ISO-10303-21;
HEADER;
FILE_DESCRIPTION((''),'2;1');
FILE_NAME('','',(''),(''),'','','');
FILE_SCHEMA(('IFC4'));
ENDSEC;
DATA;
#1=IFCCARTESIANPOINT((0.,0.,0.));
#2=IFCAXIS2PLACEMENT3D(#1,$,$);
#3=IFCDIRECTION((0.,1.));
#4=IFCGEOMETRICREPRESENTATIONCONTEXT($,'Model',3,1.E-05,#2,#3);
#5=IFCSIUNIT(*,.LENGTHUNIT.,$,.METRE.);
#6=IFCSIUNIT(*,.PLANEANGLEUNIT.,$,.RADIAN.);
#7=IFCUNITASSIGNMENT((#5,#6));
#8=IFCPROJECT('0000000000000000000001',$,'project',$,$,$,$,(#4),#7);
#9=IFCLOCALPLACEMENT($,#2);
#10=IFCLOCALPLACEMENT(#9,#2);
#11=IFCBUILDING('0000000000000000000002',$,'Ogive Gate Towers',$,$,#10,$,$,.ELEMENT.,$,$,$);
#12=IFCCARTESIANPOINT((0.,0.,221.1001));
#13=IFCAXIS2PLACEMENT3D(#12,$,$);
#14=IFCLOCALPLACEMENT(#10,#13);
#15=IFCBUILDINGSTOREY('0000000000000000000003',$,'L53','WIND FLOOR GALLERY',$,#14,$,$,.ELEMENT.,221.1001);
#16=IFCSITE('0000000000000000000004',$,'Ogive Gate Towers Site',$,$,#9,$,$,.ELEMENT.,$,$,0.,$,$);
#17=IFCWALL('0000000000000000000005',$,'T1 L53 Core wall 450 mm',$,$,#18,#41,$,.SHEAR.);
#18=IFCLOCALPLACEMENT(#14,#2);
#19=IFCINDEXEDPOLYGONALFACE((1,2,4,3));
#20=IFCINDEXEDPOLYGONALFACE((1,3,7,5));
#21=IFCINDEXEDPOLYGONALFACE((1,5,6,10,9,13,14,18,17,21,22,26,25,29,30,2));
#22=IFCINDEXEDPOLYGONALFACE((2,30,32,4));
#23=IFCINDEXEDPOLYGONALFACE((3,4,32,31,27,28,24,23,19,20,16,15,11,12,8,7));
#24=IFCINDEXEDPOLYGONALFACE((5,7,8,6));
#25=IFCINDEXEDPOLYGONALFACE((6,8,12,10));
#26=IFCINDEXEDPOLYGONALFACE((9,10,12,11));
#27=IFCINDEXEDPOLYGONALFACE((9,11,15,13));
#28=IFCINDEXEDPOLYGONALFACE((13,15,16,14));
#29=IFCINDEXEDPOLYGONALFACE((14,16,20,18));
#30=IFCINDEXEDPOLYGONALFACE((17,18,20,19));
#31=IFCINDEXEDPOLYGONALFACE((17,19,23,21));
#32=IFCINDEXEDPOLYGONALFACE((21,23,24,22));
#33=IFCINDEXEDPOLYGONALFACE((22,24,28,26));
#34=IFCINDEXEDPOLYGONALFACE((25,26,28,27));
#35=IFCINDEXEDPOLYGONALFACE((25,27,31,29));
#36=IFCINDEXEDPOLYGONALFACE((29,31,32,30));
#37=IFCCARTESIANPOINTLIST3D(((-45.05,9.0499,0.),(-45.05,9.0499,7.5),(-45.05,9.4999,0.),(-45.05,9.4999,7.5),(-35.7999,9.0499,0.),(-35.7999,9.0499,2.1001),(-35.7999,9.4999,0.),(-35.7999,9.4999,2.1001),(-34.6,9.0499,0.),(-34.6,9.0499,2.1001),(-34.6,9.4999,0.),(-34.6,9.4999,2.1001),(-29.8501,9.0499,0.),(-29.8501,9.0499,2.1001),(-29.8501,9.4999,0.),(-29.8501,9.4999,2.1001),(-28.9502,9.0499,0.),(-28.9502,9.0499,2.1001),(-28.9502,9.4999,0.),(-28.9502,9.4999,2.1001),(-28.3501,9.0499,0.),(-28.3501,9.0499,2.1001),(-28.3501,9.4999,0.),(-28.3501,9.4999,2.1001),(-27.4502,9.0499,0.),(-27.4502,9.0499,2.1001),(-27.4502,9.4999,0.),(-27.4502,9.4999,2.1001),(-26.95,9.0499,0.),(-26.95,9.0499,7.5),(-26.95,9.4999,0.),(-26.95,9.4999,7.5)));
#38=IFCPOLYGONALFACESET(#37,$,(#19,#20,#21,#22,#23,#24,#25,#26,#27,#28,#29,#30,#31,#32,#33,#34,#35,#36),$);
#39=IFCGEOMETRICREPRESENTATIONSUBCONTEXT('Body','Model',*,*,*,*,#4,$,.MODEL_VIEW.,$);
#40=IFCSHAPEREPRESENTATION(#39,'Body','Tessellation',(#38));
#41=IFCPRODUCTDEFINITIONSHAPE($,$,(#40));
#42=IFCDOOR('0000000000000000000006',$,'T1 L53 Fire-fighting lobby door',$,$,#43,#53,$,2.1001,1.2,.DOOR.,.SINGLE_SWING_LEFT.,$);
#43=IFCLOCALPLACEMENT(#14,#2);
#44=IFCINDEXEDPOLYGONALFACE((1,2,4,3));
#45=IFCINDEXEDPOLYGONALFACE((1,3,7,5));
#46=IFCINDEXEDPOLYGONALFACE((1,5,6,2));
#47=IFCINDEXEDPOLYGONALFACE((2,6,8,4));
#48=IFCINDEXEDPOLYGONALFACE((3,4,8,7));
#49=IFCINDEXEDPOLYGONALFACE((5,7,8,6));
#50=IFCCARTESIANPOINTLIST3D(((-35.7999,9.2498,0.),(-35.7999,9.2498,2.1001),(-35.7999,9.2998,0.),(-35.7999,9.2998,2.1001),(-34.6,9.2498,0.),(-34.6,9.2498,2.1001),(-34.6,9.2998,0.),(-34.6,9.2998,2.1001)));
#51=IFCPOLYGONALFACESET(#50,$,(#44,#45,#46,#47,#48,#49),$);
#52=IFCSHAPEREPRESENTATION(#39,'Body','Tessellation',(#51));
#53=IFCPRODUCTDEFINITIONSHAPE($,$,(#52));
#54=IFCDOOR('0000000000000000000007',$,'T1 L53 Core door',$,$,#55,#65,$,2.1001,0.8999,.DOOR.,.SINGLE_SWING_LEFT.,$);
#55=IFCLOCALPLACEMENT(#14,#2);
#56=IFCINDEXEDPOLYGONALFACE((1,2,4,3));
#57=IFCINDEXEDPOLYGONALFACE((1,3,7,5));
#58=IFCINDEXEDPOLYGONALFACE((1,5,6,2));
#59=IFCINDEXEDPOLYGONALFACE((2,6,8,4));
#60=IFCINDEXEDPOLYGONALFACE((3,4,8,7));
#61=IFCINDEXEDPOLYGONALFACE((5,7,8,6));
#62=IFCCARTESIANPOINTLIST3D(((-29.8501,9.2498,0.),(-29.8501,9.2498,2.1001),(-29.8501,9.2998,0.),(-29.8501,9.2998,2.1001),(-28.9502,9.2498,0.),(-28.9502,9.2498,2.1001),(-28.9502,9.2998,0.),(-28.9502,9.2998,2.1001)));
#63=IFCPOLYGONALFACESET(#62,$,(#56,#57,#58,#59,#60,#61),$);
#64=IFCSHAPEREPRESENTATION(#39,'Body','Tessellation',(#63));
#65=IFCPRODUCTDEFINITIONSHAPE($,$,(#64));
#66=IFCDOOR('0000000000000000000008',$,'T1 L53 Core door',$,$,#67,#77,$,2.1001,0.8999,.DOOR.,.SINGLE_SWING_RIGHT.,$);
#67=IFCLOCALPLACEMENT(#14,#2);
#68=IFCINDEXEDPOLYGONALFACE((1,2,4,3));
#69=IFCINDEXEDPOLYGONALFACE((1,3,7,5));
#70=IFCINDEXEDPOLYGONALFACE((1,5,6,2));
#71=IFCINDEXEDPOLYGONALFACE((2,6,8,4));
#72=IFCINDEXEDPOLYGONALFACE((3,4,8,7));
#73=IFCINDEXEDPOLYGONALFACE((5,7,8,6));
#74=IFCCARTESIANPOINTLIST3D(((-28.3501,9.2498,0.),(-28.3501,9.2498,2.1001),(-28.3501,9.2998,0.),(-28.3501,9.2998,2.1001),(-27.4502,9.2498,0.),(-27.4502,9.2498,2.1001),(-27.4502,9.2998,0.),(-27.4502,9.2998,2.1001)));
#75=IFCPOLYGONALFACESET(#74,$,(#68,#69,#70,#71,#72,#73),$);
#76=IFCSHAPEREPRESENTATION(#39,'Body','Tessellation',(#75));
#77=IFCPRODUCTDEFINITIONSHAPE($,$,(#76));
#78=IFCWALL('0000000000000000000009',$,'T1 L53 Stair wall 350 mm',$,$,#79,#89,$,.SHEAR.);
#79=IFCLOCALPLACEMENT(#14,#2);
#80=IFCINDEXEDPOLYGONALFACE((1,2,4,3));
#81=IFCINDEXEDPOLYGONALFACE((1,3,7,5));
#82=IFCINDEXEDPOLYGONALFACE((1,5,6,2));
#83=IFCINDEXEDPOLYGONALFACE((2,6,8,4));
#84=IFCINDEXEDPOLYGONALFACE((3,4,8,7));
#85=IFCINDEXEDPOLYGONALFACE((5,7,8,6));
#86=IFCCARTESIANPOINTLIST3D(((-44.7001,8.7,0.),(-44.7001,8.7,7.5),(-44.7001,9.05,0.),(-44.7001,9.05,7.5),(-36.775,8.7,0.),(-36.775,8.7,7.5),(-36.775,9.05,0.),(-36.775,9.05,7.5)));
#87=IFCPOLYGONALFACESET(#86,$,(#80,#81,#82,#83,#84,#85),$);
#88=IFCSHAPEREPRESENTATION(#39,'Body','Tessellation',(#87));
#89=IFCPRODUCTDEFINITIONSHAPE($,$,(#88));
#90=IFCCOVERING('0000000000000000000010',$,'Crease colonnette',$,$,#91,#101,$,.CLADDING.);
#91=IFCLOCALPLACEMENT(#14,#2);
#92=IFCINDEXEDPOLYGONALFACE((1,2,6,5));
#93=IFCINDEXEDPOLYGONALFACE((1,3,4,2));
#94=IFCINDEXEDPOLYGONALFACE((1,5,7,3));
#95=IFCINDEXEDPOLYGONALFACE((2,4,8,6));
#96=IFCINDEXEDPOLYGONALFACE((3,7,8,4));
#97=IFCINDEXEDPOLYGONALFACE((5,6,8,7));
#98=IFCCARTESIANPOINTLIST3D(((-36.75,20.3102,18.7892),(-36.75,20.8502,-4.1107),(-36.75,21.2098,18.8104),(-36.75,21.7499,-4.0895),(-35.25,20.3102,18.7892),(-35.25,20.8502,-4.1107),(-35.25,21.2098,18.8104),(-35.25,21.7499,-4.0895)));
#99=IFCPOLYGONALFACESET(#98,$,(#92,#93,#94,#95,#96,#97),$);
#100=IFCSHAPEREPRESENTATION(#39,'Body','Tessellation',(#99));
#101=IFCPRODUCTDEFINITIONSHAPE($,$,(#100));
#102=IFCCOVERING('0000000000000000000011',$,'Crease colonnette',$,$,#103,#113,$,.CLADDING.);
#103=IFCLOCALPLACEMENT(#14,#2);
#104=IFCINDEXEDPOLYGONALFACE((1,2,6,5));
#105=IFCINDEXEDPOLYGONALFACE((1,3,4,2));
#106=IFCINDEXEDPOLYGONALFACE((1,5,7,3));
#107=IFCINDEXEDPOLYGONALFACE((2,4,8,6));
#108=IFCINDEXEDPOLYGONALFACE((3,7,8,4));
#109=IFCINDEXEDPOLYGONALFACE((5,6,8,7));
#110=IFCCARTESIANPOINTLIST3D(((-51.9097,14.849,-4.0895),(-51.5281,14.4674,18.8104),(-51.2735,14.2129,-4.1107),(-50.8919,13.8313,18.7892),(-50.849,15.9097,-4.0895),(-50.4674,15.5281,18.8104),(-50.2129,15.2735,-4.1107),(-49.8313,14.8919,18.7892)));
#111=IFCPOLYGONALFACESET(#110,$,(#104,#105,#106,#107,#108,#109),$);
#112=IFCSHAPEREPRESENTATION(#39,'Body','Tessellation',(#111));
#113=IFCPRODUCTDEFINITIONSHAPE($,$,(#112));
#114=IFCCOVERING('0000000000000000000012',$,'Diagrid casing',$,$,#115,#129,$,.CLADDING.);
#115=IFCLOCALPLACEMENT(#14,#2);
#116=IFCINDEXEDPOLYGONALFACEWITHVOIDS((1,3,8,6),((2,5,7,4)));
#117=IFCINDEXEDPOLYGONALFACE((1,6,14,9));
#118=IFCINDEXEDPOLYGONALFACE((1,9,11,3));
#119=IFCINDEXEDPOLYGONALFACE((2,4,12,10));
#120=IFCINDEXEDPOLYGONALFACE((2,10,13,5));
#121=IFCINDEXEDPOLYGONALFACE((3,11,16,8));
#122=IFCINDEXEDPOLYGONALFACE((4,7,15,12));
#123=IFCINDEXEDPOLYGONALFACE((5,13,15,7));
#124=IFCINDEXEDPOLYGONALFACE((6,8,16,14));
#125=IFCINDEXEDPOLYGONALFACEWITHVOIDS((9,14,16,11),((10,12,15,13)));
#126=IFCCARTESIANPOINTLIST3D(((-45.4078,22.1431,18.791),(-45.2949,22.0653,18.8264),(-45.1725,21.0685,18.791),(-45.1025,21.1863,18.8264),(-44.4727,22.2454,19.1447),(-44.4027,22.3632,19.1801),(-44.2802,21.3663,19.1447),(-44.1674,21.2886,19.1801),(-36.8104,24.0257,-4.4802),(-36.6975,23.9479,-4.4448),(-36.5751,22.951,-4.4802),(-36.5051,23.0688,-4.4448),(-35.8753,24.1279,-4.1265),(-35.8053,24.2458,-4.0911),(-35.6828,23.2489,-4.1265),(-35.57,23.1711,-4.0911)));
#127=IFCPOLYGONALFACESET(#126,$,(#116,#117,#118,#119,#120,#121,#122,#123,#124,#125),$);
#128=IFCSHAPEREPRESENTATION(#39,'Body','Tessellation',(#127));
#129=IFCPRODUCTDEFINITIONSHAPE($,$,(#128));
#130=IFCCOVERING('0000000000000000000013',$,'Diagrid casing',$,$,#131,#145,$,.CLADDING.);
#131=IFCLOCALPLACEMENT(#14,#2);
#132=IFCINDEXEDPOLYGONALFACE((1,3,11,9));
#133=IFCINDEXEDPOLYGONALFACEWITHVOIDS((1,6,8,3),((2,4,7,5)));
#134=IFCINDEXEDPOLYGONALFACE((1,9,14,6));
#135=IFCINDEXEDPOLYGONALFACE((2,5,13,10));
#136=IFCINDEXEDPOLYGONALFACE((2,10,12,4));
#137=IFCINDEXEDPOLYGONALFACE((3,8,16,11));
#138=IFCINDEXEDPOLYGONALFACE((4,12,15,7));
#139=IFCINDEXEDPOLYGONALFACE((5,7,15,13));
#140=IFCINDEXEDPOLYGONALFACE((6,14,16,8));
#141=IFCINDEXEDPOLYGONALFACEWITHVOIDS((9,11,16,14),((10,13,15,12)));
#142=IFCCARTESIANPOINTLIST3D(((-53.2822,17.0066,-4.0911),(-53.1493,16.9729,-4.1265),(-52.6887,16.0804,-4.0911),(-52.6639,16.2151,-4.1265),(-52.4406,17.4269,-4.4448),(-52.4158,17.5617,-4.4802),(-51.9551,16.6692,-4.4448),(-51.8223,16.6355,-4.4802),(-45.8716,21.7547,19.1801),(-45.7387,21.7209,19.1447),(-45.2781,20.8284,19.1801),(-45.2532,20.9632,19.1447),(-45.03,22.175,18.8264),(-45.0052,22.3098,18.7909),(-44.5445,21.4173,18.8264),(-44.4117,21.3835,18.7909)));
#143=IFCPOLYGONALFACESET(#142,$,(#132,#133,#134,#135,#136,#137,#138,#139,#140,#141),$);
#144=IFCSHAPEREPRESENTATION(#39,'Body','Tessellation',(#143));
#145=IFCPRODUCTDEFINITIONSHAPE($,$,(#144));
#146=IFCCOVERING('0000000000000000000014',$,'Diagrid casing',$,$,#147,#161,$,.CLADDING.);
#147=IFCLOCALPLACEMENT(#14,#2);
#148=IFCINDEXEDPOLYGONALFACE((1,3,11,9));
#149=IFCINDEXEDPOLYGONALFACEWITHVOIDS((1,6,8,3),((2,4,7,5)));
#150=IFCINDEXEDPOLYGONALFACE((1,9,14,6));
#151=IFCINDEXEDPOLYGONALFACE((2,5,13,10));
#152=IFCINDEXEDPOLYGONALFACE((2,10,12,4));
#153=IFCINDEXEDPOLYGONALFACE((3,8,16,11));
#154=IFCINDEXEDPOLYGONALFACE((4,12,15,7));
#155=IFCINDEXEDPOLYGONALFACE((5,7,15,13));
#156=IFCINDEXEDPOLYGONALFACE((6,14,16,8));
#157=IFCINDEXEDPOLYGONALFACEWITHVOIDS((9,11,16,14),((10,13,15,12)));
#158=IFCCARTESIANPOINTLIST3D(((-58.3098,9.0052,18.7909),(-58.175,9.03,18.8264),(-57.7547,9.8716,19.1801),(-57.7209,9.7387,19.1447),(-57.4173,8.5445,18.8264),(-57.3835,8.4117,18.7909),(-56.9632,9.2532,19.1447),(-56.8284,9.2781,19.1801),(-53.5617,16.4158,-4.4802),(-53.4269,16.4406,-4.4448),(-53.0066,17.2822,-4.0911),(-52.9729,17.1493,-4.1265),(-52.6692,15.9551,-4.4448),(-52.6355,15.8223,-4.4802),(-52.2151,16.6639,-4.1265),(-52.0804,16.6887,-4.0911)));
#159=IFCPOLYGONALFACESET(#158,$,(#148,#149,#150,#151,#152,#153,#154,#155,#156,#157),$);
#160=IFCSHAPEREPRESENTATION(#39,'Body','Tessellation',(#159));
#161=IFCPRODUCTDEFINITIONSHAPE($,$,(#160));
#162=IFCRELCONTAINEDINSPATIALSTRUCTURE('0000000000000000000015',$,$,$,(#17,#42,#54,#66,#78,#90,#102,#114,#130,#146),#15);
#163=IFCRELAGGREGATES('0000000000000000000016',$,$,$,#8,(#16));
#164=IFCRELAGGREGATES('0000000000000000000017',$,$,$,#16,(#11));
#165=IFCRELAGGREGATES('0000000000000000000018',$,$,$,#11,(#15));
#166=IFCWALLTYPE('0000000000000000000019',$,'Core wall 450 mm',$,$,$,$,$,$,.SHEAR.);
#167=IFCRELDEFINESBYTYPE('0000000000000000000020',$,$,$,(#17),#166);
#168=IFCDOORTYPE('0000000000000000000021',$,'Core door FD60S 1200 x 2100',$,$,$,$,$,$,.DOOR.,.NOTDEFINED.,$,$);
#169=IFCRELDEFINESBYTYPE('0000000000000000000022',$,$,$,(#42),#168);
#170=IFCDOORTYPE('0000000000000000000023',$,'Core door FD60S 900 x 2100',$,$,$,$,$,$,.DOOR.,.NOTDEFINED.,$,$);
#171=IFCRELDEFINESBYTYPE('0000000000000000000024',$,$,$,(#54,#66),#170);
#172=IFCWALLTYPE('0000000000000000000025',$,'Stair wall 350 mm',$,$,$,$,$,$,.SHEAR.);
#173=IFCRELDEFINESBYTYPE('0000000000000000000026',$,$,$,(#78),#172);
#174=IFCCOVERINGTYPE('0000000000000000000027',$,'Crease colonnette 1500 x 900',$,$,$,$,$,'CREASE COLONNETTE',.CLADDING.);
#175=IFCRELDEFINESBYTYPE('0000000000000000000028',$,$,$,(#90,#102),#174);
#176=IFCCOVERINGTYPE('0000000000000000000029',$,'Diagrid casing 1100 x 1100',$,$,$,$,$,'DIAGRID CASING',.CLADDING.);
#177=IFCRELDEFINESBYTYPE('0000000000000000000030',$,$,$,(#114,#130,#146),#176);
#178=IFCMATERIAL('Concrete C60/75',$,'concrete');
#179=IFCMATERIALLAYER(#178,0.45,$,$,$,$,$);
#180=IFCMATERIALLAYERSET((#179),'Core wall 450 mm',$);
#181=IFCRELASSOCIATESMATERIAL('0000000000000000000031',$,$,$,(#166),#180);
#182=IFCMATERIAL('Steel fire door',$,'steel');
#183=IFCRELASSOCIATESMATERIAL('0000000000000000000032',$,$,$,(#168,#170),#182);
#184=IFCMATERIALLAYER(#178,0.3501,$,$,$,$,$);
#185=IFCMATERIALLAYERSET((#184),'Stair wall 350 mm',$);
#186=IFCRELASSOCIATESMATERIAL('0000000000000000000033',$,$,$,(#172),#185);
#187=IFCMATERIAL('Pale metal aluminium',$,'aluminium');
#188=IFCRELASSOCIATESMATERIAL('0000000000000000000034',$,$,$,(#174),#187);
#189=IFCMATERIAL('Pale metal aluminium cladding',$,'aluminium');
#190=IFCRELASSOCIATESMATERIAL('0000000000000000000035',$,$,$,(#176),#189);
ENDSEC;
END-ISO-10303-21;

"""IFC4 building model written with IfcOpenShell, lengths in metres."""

from ifc_helpers import new_model, si_unit, direction, frame, frame_2d, origin, origin_2d, place, context, subcontext, project, spatial, rectangle, hollow_rectangle, extrude, material, layer, layer_set, material_profile, profile_set, type_object, element, fill, save


model = new_model("IFC4")

# Units and contexts
model_context = context("Model", 3, precision=1e-05, world=origin(), true_north=direction((0.0, 1.0)))
body_context = subcontext(model_context, "Body", "Model", "MODEL_VIEW")
ifc_project = project(units=[si_unit("LENGTHUNIT", "METRE"), si_unit("PLANEANGLEUNIT", "RADIAN")], contexts=[model_context])

# Site, building, storey
site_placement = place(None, origin())
site = spatial("IfcSite", under=ifc_project, at=site_placement, Name="Ogive Gate Towers Site", CompositionType="ELEMENT", RefElevation=0.0)
building_placement = place(site_placement, origin())
building = spatial("IfcBuilding", under=site, at=building_placement, Name="Ogive Gate Towers", CompositionType="ELEMENT")
storey_placement = place(building_placement, frame((0.0, 0.0, 221.1001)))
storey = spatial("IfcBuildingStorey", under=building, at=storey_placement, Name="L53", Description="WIND FLOOR GALLERY", CompositionType="ELEMENT", Elevation=221.1001)

# Wall, openings, doors
ifc_material_1 = material(Name="Concrete C60/75", Category="concrete")
ifc_layer_1 = layer(ifc_material_1, 0.45)
ifc_layer_set_1 = layer_set([ifc_layer_1], Name="Core wall 450 mm")
wall_type_1 = type_object("IfcWallType", Name="Core wall 450 mm", PredefinedType="SHEAR", material=ifc_layer_set_1)
wall_1_placement = place(storey_placement, frame((-45.05, 9.2749, 0.0), z_axis=(0.0, 0.0, 1.0), x_axis=(1.0, 0.0, 0.0)))
wall_1 = element("IfcWall", 1, at=wall_1_placement, inside=storey, type_object=wall_type_1, Name="T1 L53 Core wall 450 mm", PredefinedType="SHEAR", context=body_context, shape_type="SweptSolid", body=[
    extrude(rectangle(XDim=18.1001, YDim=0.45, at=frame_2d((9.05, 0.0))), origin(), (0.0, 0.0, 1.0), 7.5),
])
opening_1_placement = place(wall_1_placement, frame((9.25, 0.0, 0.0)))
opening_1 = element("IfcOpeningElement", 2, at=opening_1_placement, cuts=wall_1, PredefinedType="OPENING", context=body_context, shape_type="SweptSolid", body=[
    extrude(rectangle(XDim=1.2, YDim=2.1001, at=frame_2d((0.6001, 1.05))), frame((0.0, 0.2349, 0.0), z_axis=(0.0, -1.0, 0.0), x_axis=(1.0, 0.0, 0.0)), (0.0, 0.0, 1.0), 0.47),
])
opening_2_placement = place(wall_1_placement, frame((15.2, 0.0, 0.0)))
opening_2 = element("IfcOpeningElement", 3, at=opening_2_placement, cuts=wall_1, PredefinedType="OPENING", context=body_context, shape_type="SweptSolid", body=[
    extrude(rectangle(XDim=0.8999, YDim=2.1001, at=frame_2d((0.45, 1.05))), frame((0.0, 0.2349, 0.0), z_axis=(0.0, -1.0, 0.0), x_axis=(1.0, 0.0, 0.0)), (0.0, 0.0, 1.0), 0.47),
])
opening_3_placement = place(wall_1_placement, frame((16.7, 0.0, 0.0)))
opening_3 = element("IfcOpeningElement", 4, at=opening_3_placement, cuts=wall_1, PredefinedType="OPENING", context=body_context, shape_type="SweptSolid", body=[
    extrude(rectangle(XDim=0.8999, YDim=2.1001, at=frame_2d((0.45, 1.05))), frame((0.0, 0.2349, 0.0), z_axis=(0.0, -1.0, 0.0), x_axis=(1.0, 0.0, 0.0)), (0.0, 0.0, 1.0), 0.47),
])
ifc_material_2 = material(Name="Steel fire door", Category="steel")
door_type_1 = type_object("IfcDoorType", Name="Core door FD60S 1200 x 2100", OperationType="NOTDEFINED", PredefinedType="DOOR", material=ifc_material_2)
door_1_placement = place(opening_1_placement, origin())
door_1 = element("IfcDoor", 5, at=door_1_placement, inside=storey, type_object=door_type_1, Name="T1 L53 Fire-fighting lobby door", OperationType="SINGLE_SWING_LEFT", OverallHeight=2.1001, OverallWidth=1.2, PredefinedType="DOOR", context=body_context, shape_type="SweptSolid", body=[
    extrude(rectangle(XDim=1.2, YDim=2.1001, at=frame_2d((0.6001, 1.05))), frame((0.0, 0.0249, 0.0), z_axis=(0.0, -1.0, 0.0), x_axis=(1.0, 0.0, 0.0)), (0.0, 0.0, 1.0), 0.05),
])
fill(opening_1, door_1)
door_type_2 = type_object("IfcDoorType", Name="Core door FD60S 900 x 2100", OperationType="NOTDEFINED", PredefinedType="DOOR", material=ifc_material_2)
door_2_placement = place(opening_2_placement, origin())
door_2 = element("IfcDoor", 6, at=door_2_placement, inside=storey, type_object=door_type_2, Name="T1 L53 Core door", OperationType="SINGLE_SWING_LEFT", OverallHeight=2.1001, OverallWidth=0.8999, PredefinedType="DOOR", context=body_context, shape_type="SweptSolid", body=[
    extrude(rectangle(XDim=0.8999, YDim=2.1001, at=frame_2d((0.45, 1.05))), frame((0.0, 0.0249, 0.0), z_axis=(0.0, -1.0, 0.0), x_axis=(1.0, 0.0, 0.0)), (0.0, 0.0, 1.0), 0.05),
])
fill(opening_2, door_2)
door_3_placement = place(opening_3_placement, origin())
door_3 = element("IfcDoor", 7, at=door_3_placement, inside=storey, type_object=door_type_2, Name="T1 L53 Core door", OperationType="SINGLE_SWING_RIGHT", OverallHeight=2.1001, OverallWidth=0.8999, PredefinedType="DOOR", context=body_context, shape_type="SweptSolid", body=[
    extrude(rectangle(XDim=0.8999, YDim=2.1001, at=frame_2d((0.45, 1.05))), frame((0.0, 0.0249, 0.0), z_axis=(0.0, -1.0, 0.0), x_axis=(1.0, 0.0, 0.0)), (0.0, 0.0, 1.0), 0.05),
])
fill(opening_3, door_3)

# Wall
ifc_layer_2 = layer(ifc_material_1, 0.3501)
ifc_layer_set_2 = layer_set([ifc_layer_2], Name="Stair wall 350 mm")
wall_type_2 = type_object("IfcWallType", Name="Stair wall 350 mm", PredefinedType="SHEAR", material=ifc_layer_set_2)
wall_2_placement = place(storey_placement, frame((-44.7, 8.875, 0.0), z_axis=(0.0, 0.0, 1.0), x_axis=(1.0, 0.0, 0.0)))
element("IfcWall", 8, at=wall_2_placement, inside=storey, type_object=wall_type_2, Name="T1 L53 Stair wall 350 mm", PredefinedType="SHEAR", context=body_context, shape_type="SweptSolid", body=[
    extrude(rectangle(XDim=7.925, YDim=0.3501, at=frame_2d((3.9624, 0.0))), origin(), (0.0, 0.0, 1.0), 7.5),
])

# Coverings
ifc_material_3 = material(Name="Pale metal aluminium", Category="aluminium")
ifc_material_profile_1 = material_profile(ifc_material_3, rectangle(XDim=1.5, YDim=0.8999, at=origin_2d()), Name="1500 x 900 pale metal aluminium")
ifc_profile_set_1 = profile_set([ifc_material_profile_1], Name="Pale metal aluminium")
covering_type_1 = type_object("IfcCoveringType", Name="Crease colonnette 1500 x 900", ElementType="CREASE COLONNETTE", PredefinedType="CLADDING", material=ifc_profile_set_1)
for number, where, z_axis, x_axis, name in (
    (9, (-36.0, 21.3, -4.1001), (0.0, -0.023576, 0.999722), (1.0, 0.0, 0.0), "Crease colonnette"),
    (10, (-51.0613, 15.0613, -4.1001), (0.016659, -0.016659, 0.999722), (0.707107, 0.707107, 0.0), "Crease colonnette"),
):
    element("IfcCovering", number, at=place(storey_placement, frame(where, z_axis=z_axis, x_axis=x_axis)), inside=storey, type_object=covering_type_1, Name=name, PredefinedType="CLADDING", context=body_context, shape_type="SweptSolid", body=[
        extrude(rectangle(XDim=1.5, YDim=0.8999, at=origin_2d()), origin(), (0.0, 0.0, 1.0), 22.9062),
    ])
ifc_material_4 = material(Name="Pale metal aluminium cladding", Category="aluminium")
ifc_material_profile_2 = material_profile(ifc_material_4, hollow_rectangle(XDim=1.1001, YDim=1.1001, WallThickness=0.1001, at=origin_2d()), Name="1100 x 1100 pale metal casing")
ifc_profile_set_2 = profile_set([ifc_material_profile_2], Name="Pale metal aluminium cladding")
covering_type_2 = type_object("IfcCoveringType", Name="Diagrid casing 1100 x 1100", ElementType="DIAGRID CASING", PredefinedType="CLADDING", material=ifc_profile_set_2)
for number, where, z_axis, x_axis, name in (
    (11, (-36.1902, 23.5984, -4.2856), (-0.345556, -0.075666, 0.935342), (0.213901, -0.976855, 0.0), "Diagrid casing"),
    (12, (-52.5522, 16.821, -4.2856), (0.297856, 0.190838, 0.935341), (-0.539476, 0.842001, 0.0), "Diagrid casing"),
    (13, (-52.821, 16.5522, -4.2856), (-0.190838, -0.297856, 0.935341), (0.842001, -0.539476, 0.0), "Diagrid casing"),
):
    element("IfcCovering", number, at=place(storey_placement, frame(where, z_axis=z_axis, x_axis=x_axis)), inside=storey, type_object=covering_type_2, Name=name, PredefinedType="CLADDING", context=body_context, shape_type="SweptSolid", body=[
        extrude(hollow_rectangle(XDim=1.1001, YDim=1.1001, WallThickness=0.1001, at=origin_2d()), origin(), (0.0, 0.0, 1.0), 24.8799),
    ])

save(model, "model.ifc")
